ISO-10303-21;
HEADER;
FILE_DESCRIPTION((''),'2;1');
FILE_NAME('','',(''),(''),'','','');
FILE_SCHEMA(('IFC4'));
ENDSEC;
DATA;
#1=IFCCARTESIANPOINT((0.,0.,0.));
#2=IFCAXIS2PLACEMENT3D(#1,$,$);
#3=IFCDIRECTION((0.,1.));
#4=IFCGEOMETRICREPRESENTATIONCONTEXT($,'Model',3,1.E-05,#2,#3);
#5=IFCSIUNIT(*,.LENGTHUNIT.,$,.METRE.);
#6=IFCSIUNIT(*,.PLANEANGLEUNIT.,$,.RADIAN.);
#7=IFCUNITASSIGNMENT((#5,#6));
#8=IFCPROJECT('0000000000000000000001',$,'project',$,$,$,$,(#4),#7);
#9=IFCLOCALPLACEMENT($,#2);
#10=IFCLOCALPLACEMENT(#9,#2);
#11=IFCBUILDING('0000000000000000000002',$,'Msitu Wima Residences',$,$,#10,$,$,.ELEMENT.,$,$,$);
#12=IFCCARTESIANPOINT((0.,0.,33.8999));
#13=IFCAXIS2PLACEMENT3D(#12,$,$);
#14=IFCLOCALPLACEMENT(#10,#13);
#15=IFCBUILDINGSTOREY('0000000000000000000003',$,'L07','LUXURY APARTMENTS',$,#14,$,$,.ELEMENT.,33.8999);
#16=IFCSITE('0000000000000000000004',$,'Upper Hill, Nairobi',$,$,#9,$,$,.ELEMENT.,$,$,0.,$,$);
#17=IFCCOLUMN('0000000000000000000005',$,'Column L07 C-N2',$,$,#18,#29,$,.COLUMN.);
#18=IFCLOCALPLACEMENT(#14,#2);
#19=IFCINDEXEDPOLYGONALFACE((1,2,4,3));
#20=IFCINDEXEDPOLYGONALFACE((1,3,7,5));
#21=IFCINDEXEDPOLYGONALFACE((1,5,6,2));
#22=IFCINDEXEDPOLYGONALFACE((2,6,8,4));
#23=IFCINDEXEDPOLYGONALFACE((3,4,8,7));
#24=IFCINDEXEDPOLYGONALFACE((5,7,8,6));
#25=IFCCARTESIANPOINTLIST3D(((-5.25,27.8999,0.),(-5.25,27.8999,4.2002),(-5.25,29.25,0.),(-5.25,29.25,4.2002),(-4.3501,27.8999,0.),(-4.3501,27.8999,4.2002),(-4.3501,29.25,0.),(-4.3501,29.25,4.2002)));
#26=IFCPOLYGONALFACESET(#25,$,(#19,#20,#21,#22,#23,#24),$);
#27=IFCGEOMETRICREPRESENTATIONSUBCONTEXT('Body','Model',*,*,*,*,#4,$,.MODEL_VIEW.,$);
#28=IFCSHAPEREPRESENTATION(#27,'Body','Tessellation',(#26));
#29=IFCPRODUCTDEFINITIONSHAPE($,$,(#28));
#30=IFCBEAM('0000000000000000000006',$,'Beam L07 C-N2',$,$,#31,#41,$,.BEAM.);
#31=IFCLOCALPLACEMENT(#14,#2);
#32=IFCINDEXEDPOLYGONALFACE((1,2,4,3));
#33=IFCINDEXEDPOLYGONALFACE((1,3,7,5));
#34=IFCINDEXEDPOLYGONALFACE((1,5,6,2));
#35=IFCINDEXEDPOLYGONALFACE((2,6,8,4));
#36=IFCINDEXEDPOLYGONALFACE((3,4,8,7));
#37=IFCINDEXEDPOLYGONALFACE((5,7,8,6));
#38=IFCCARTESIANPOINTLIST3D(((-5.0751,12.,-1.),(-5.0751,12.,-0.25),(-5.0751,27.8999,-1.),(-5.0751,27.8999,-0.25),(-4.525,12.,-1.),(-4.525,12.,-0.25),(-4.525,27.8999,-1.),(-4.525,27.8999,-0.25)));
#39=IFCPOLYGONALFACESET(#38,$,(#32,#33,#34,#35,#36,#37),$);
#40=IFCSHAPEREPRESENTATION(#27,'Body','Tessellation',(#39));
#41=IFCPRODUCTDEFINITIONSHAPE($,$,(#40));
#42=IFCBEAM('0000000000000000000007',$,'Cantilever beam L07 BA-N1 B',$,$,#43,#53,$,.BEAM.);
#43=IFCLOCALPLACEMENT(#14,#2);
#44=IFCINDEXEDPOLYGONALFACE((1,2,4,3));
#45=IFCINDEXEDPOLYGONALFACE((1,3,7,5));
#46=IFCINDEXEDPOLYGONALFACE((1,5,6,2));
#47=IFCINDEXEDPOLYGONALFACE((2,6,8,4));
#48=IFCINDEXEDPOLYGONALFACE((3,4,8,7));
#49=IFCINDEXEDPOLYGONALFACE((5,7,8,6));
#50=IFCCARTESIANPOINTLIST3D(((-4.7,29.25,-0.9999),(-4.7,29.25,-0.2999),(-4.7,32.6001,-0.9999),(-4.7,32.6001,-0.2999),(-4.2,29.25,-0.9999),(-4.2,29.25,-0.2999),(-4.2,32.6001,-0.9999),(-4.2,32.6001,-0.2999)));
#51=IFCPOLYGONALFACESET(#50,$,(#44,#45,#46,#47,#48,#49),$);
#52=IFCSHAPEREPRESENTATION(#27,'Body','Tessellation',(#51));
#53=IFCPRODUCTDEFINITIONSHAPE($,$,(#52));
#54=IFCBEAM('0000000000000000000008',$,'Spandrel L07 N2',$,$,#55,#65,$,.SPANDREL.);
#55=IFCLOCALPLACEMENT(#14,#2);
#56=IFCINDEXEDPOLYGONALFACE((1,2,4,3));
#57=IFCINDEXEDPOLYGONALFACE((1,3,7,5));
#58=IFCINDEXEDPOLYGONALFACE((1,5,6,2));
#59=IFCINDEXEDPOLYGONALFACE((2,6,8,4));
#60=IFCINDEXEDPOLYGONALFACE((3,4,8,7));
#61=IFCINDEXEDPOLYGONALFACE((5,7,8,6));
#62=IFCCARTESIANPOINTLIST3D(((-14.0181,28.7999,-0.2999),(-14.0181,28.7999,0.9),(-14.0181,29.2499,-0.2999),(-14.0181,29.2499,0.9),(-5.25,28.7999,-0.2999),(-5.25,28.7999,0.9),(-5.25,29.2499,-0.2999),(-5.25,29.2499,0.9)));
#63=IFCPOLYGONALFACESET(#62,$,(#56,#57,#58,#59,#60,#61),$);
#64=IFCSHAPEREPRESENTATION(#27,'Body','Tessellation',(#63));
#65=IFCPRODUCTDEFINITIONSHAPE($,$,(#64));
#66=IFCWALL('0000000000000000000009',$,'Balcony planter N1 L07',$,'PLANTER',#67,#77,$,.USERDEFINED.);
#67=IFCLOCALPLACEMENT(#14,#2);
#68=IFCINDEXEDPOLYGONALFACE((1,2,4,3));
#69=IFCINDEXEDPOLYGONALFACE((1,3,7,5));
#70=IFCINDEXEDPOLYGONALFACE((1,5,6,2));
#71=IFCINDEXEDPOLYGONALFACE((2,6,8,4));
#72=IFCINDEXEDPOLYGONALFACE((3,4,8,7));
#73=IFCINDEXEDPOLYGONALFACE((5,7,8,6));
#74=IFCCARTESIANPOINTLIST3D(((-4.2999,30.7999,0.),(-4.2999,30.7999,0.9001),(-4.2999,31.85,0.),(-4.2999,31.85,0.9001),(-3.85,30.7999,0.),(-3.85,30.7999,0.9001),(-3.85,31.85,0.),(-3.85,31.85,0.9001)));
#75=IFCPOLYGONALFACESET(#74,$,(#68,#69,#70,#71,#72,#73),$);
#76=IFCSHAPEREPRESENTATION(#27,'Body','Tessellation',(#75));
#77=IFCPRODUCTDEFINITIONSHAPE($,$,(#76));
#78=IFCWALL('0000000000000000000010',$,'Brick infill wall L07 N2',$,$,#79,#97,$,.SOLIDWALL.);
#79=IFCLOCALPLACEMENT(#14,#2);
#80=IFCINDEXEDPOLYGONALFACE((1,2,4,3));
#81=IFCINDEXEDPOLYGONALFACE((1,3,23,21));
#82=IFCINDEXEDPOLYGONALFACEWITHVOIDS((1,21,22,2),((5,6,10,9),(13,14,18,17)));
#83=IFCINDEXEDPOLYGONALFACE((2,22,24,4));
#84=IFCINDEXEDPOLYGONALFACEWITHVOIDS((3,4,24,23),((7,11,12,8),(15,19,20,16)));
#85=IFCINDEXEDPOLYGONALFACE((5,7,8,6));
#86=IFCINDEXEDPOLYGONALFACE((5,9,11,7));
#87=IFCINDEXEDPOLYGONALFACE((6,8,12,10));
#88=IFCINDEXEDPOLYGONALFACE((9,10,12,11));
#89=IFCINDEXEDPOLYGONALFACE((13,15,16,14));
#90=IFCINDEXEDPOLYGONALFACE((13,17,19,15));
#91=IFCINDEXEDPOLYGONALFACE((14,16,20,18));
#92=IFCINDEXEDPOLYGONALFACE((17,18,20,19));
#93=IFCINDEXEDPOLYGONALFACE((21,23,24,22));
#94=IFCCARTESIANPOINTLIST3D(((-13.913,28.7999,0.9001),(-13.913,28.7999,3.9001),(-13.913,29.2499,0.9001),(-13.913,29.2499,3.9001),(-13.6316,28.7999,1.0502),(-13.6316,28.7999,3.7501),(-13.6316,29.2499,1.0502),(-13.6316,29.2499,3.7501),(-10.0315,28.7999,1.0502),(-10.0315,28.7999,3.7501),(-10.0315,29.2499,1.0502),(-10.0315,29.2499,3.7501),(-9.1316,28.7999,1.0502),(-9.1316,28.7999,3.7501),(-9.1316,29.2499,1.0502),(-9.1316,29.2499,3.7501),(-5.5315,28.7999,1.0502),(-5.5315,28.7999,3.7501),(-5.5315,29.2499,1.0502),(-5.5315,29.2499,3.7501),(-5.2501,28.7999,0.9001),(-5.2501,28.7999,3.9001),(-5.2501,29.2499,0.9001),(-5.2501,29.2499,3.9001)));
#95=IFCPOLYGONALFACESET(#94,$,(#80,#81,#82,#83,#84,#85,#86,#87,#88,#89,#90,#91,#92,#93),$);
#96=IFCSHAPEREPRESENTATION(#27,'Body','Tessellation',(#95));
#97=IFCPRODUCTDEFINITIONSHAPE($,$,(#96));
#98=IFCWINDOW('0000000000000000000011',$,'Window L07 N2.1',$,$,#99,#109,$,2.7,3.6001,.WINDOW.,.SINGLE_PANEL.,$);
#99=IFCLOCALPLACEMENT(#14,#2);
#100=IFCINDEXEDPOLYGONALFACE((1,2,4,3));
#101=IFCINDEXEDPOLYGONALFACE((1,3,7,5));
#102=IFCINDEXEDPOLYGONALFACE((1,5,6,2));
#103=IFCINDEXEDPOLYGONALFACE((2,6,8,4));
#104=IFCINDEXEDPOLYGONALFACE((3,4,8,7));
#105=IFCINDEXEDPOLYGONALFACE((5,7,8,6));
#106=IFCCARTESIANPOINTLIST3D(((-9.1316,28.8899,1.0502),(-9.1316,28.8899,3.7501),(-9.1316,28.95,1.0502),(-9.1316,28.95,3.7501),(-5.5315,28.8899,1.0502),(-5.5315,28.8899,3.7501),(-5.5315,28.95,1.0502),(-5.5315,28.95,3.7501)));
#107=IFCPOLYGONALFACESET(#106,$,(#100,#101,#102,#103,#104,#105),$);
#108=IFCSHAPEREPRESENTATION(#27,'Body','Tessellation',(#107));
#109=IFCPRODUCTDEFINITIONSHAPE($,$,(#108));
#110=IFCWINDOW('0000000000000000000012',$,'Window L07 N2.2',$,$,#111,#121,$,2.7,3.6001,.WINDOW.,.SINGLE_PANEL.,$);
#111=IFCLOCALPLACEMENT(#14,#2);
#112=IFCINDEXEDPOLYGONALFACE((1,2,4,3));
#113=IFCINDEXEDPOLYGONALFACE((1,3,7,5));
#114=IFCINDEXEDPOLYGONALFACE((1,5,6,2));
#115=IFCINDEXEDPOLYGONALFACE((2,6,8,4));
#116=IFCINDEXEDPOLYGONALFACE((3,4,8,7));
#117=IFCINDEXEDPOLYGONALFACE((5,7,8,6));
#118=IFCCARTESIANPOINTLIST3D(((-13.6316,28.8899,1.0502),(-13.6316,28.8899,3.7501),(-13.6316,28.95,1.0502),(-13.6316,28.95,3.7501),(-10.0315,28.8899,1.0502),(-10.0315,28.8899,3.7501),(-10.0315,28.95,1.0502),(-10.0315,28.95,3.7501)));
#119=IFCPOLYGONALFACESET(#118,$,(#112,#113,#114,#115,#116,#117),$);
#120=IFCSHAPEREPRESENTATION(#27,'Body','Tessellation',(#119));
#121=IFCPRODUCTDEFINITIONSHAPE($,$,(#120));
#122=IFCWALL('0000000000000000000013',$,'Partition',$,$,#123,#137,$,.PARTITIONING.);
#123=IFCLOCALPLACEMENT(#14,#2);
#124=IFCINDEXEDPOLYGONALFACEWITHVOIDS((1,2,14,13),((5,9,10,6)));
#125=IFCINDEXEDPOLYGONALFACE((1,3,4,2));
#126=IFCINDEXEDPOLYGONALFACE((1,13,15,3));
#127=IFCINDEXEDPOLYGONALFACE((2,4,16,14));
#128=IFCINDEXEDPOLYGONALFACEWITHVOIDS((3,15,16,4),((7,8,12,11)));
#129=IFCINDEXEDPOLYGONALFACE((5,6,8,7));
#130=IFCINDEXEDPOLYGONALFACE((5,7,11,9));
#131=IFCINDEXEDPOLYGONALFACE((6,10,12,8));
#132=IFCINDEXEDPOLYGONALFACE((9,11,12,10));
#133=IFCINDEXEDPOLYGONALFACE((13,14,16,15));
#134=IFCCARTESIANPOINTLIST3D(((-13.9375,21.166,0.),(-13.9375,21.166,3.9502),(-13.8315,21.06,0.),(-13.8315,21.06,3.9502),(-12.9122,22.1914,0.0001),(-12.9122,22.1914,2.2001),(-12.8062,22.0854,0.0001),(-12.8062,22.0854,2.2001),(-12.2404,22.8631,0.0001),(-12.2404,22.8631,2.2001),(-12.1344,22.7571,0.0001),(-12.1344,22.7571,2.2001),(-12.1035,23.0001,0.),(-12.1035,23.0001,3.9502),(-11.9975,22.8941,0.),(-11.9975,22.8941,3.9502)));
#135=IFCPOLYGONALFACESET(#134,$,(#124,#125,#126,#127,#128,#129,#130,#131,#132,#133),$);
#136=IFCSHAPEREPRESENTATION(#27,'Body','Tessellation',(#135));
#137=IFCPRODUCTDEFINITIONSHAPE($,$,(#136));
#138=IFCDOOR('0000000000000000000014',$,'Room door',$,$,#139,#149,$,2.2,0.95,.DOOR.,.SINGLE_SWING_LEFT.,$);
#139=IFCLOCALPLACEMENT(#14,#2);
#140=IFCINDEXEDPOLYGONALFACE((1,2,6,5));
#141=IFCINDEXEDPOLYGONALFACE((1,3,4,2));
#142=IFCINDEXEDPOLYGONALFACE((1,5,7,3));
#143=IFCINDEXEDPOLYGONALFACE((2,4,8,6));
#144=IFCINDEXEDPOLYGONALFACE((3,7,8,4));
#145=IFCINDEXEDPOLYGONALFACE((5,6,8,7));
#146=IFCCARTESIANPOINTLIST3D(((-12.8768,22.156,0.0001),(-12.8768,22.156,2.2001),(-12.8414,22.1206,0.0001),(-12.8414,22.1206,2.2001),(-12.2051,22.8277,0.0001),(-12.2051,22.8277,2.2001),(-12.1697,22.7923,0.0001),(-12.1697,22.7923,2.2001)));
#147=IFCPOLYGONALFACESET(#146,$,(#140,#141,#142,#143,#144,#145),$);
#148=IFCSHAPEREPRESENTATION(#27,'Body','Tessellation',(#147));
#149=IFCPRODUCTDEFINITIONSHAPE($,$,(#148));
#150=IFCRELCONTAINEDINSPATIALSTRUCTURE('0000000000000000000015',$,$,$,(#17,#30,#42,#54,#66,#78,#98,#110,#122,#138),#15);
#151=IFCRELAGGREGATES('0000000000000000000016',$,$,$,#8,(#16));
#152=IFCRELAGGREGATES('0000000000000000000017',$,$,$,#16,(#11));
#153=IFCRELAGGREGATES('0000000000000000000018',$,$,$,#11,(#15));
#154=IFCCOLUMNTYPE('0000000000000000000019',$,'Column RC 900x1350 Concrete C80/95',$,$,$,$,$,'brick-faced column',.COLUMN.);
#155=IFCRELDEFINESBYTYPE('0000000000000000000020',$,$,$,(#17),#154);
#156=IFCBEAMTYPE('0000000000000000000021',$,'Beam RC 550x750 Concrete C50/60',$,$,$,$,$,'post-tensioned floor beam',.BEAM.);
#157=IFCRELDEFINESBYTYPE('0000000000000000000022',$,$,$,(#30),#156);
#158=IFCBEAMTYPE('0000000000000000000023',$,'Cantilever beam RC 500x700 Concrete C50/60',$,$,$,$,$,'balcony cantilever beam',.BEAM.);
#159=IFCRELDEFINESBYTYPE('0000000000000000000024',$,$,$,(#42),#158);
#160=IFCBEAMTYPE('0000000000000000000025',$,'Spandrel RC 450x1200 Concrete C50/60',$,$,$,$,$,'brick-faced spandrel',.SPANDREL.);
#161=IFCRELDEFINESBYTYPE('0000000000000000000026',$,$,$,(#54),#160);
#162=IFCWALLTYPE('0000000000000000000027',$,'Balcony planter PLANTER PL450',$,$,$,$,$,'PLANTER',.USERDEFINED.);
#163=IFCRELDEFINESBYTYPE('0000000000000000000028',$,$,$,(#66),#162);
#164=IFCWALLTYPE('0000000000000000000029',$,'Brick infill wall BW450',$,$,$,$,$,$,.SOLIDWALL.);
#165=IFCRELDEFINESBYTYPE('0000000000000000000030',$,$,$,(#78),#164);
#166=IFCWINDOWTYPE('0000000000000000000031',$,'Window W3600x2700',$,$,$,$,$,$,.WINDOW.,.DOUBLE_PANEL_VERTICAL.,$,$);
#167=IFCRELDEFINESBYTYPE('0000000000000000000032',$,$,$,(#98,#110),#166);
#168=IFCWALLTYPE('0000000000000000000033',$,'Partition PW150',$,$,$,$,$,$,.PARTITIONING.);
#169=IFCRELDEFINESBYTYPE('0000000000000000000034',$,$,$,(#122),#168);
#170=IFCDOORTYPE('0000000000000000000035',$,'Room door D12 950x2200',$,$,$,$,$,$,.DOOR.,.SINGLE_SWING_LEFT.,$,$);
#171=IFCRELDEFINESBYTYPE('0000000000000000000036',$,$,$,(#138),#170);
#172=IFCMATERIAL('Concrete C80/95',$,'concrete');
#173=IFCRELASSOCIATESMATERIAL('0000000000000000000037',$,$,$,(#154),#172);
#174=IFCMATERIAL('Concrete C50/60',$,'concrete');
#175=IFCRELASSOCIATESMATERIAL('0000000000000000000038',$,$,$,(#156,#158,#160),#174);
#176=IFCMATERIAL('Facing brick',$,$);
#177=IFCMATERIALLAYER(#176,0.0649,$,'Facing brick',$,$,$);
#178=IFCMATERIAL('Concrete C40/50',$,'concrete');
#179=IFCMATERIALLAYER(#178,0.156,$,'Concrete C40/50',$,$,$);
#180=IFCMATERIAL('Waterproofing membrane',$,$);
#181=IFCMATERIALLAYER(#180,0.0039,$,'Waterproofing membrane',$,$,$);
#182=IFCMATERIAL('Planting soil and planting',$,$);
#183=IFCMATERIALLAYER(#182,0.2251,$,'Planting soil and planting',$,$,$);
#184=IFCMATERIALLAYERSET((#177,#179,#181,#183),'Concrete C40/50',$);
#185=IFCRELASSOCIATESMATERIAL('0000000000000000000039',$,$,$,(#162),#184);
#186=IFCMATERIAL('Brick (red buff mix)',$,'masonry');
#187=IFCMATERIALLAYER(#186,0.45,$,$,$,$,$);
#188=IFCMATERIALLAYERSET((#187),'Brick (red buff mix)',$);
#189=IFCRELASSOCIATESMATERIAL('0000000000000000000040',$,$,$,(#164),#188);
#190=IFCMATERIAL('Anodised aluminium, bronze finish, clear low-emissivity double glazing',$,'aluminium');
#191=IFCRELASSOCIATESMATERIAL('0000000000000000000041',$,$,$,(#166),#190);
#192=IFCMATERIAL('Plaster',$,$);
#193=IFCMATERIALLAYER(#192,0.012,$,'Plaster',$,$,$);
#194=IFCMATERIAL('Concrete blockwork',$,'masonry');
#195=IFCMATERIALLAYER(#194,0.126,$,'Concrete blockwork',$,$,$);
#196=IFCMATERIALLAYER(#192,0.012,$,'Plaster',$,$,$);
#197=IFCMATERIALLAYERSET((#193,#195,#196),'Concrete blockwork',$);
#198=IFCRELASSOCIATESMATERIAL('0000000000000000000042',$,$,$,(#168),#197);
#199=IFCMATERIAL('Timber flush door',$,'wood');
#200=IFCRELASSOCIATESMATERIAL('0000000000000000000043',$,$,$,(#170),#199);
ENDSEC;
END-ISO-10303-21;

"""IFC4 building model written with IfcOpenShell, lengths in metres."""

from ifc_helpers import new_model, si_unit, direction, frame, frame_2d, origin, origin_2d, place, context, subcontext, project, spatial, rectangle, extrude, material, layer, layer_set, material_profile, profile_set, type_object, element, fill, save


model = new_model("IFC4")

# Units and contexts
model_context = context("Model", 3, precision=1e-05, world=origin(), true_north=direction((0.0, 1.0)))
body_context = subcontext(model_context, "Body", "Model", "MODEL_VIEW")
ifc_project = project(units=[si_unit("LENGTHUNIT", "METRE"), si_unit("PLANEANGLEUNIT", "RADIAN")], contexts=[model_context])

# Site, building, storey
site_placement = place(None, origin())
site = spatial("IfcSite", under=ifc_project, at=site_placement, Name="Upper Hill, Nairobi", CompositionType="ELEMENT", RefElevation=0.0)
building_placement = place(site_placement, origin())
building = spatial("IfcBuilding", under=site, at=building_placement, Name="Msitu Wima Residences", CompositionType="ELEMENT")
storey_placement = place(building_placement, frame((0.0, 0.0, 33.8999)))
storey = spatial("IfcBuildingStorey", under=building, at=storey_placement, Name="L07", Description="LUXURY APARTMENTS", CompositionType="ELEMENT", Elevation=33.8999)

# Column
ifc_material_1 = material(Name="Concrete C80/95", Category="concrete")
ifc_material_profile_1 = material_profile(ifc_material_1, rectangle(XDim=0.8999, YDim=1.3501, at=origin_2d()), Name="RC 900x1350")
ifc_profile_set_1 = profile_set([ifc_material_profile_1], Name="Concrete C80/95")
column_type = type_object("IfcColumnType", Name="Column RC 900x1350 Concrete C80/95", ElementType="brick-faced column", PredefinedType="COLUMN", material=ifc_profile_set_1)
column_placement = place(storey_placement, frame((-4.8, 28.575, 0.0), z_axis=(0.0, 0.0, 1.0), x_axis=(-1.0, 0.0, 0.0)))
element("IfcColumn", 1, at=column_placement, inside=storey, type_object=column_type, Name="Column L07 C-N2", PredefinedType="COLUMN", context=body_context, shape_type="SweptSolid", body=[
    extrude(rectangle(XDim=0.8999, YDim=1.3501, at=origin_2d()), origin(), (0.0, 0.0, 1.0), 4.2002),
])

# Beams
ifc_material_2 = material(Name="Concrete C50/60", Category="concrete")
ifc_material_profile_2 = material_profile(ifc_material_2, rectangle(XDim=0.55, YDim=0.75, at=origin_2d()), Name="RC 550x750")
ifc_profile_set_2 = profile_set([ifc_material_profile_2], Name="Concrete C50/60")
beam_type_1 = type_object("IfcBeamType", Name="Beam RC 550x750 Concrete C50/60", ElementType="post-tensioned floor beam", PredefinedType="BEAM", material=ifc_profile_set_2)
beam_1_placement = place(storey_placement, frame((-4.8, 27.8999, -0.625), z_axis=(0.0, -1.0, 0.0), x_axis=(1.0, 0.0, 0.0)))
element("IfcBeam", 2, at=beam_1_placement, inside=storey, type_object=beam_type_1, Name="Beam L07 C-N2", PredefinedType="BEAM", context=body_context, shape_type="SweptSolid", body=[
    extrude(rectangle(XDim=0.55, YDim=0.75, at=origin_2d()), origin(), (0.0, 0.0, 1.0), 15.8999),
])
ifc_material_profile_3 = material_profile(ifc_material_2, rectangle(XDim=0.5, YDim=0.7, at=origin_2d()), Name="RC 500x700")
ifc_profile_set_3 = profile_set([ifc_material_profile_3], Name="Concrete C50/60")
beam_type_2 = type_object("IfcBeamType", Name="Cantilever beam RC 500x700 Concrete C50/60", ElementType="balcony cantilever beam", PredefinedType="BEAM", material=ifc_profile_set_3)
beam_2_placement = place(storey_placement, frame((-4.45, 29.25, -0.6499), z_axis=(0.0, 1.0, 0.0), x_axis=(-1.0, 0.0, 0.0)))
element("IfcBeam", 3, at=beam_2_placement, inside=storey, type_object=beam_type_2, Name="Cantilever beam L07 BA-N1 B", PredefinedType="BEAM", context=body_context, shape_type="SweptSolid", body=[
    extrude(rectangle(XDim=0.5, YDim=0.7, at=origin_2d()), origin(), (0.0, 0.0, 1.0), 3.3501),
])
ifc_material_profile_4 = material_profile(ifc_material_2, rectangle(XDim=0.45, YDim=1.2, at=origin_2d()), Name="RC 450x1200")
ifc_profile_set_4 = profile_set([ifc_material_profile_4], Name="Concrete C50/60")
beam_type_3 = type_object("IfcBeamType", Name="Spandrel RC 450x1200 Concrete C50/60", ElementType="brick-faced spandrel", PredefinedType="SPANDREL", material=ifc_profile_set_4)
beam_3_placement = place(storey_placement, frame((-5.25, 29.0249, 0.3), z_axis=(-1.0, 0.0, 0.0), x_axis=(0.0, -1.0, 0.0)))
element("IfcBeam", 4, at=beam_3_placement, inside=storey, type_object=beam_type_3, Name="Spandrel L07 N2", PredefinedType="SPANDREL", context=body_context, shape_type="SweptSolid", body=[
    extrude(rectangle(XDim=0.45, YDim=1.2, at=origin_2d()), origin(), (0.0, 0.0, 1.0), 8.7681),
])

# Wall
ifc_material_3 = material(Name="Facing brick")
ifc_layer_1 = layer(ifc_material_3, 0.0649, Name="Facing brick")
ifc_material_4 = material(Name="Concrete C40/50", Category="concrete")
ifc_layer_2 = layer(ifc_material_4, 0.156, Name="Concrete C40/50")
ifc_material_5 = material(Name="Waterproofing membrane")
ifc_layer_3 = layer(ifc_material_5, 0.0039, Name="Waterproofing membrane")
ifc_material_6 = material(Name="Planting soil and planting")
ifc_layer_4 = layer(ifc_material_6, 0.2251, Name="Planting soil and planting")
ifc_layer_set_1 = layer_set([ifc_layer_1, ifc_layer_2, ifc_layer_3, ifc_layer_4], Name="Concrete C40/50")
wall_type_1 = type_object("IfcWallType", Name="Balcony planter PLANTER PL450", ElementType="PLANTER", PredefinedType="USERDEFINED", material=ifc_layer_set_1)
wall_1_placement = place(storey_placement, frame((-4.075, 30.8, 0.0), z_axis=(0.0, 0.0, 1.0), x_axis=(0.0, 1.0, 0.0)))
element("IfcWall", 5, at=wall_1_placement, inside=storey, type_object=wall_type_1, Name="Balcony planter N1 L07", ObjectType="PLANTER", PredefinedType="USERDEFINED", context=body_context, shape_type="SweptSolid", body=[
    extrude(rectangle(XDim=1.05, YDim=0.45, at=frame_2d((0.5249, 0.0))), origin(), (0.0, 0.0, 1.0), 0.9001),
])

# Wall, openings, windows
ifc_material_7 = material(Name="Brick (red buff mix)", Category="masonry")
ifc_layer_5 = layer(ifc_material_7, 0.45)
ifc_layer_set_2 = layer_set([ifc_layer_5], Name="Brick (red buff mix)")
wall_type_2 = type_object("IfcWallType", Name="Brick infill wall BW450", PredefinedType="SOLIDWALL", material=ifc_layer_set_2)
wall_2_placement = place(storey_placement, frame((-5.25, 29.0249, 0.9001), z_axis=(0.0, 0.0, 1.0), x_axis=(-1.0, 0.0, 0.0)))
wall_2 = element("IfcWall", 6, at=wall_2_placement, inside=storey, type_object=wall_type_2, Name="Brick infill wall L07 N2", PredefinedType="SOLIDWALL", context=body_context, shape_type="SweptSolid", body=[
    extrude(rectangle(XDim=8.6628, YDim=0.45, at=frame_2d((4.3315, 0.0))), origin(), (0.0, 0.0, 1.0), 3.0),
])
opening_1_placement = place(wall_2_placement, frame((0.2815, 0.0, 0.1499)))
opening_1 = element("IfcOpeningElement", 7, at=opening_1_placement, cuts=wall_2, PredefinedType="OPENING", context=body_context, shape_type="SweptSolid", body=[
    extrude(rectangle(XDim=3.6001, YDim=2.7, at=frame_2d((1.8, 1.3501))), frame((0.0, 0.2349, 0.0), z_axis=(0.0, -1.0, 0.0), x_axis=(1.0, 0.0, 0.0)), (0.0, 0.0, 1.0), 0.47),
])
opening_2_placement = place(wall_2_placement, frame((4.7815, 0.0, 0.1499)))
opening_2 = element("IfcOpeningElement", 8, at=opening_2_placement, cuts=wall_2, PredefinedType="OPENING", context=body_context, shape_type="SweptSolid", body=[
    extrude(rectangle(XDim=3.6001, YDim=2.7, at=frame_2d((1.8, 1.3501))), frame((0.0, 0.2349, 0.0), z_axis=(0.0, -1.0, 0.0), x_axis=(1.0, 0.0, 0.0)), (0.0, 0.0, 1.0), 0.47),
])
ifc_material_8 = material(Name="Anodised aluminium, bronze finish, clear low-emissivity double glazing", Category="aluminium")
window_type = type_object("IfcWindowType", Name="Window W3600x2700", PartitioningType="DOUBLE_PANEL_VERTICAL", PredefinedType="WINDOW", material=ifc_material_8)
window_1_placement = place(opening_1_placement, origin())
window_1 = element("IfcWindow", 9, at=window_1_placement, inside=storey, type_object=window_type, Name="Window L07 N2.1", OverallHeight=2.7, OverallWidth=3.6001, PartitioningType="SINGLE_PANEL", PredefinedType="WINDOW", context=body_context, shape_type="SweptSolid", body=[
    extrude(rectangle(XDim=3.6001, YDim=2.7, at=frame_2d((1.8, 1.3501))), frame((0.0, 0.135, 0.0), z_axis=(0.0, -1.0, 0.0), x_axis=(1.0, 0.0, 0.0)), (0.0, 0.0, 1.0), 0.0601),
])
fill(opening_1, window_1)
window_2_placement = place(opening_2_placement, origin())
window_2 = element("IfcWindow", 10, at=window_2_placement, inside=storey, type_object=window_type, Name="Window L07 N2.2", OverallHeight=2.7, OverallWidth=3.6001, PartitioningType="SINGLE_PANEL", PredefinedType="WINDOW", context=body_context, shape_type="SweptSolid", body=[
    extrude(rectangle(XDim=3.6001, YDim=2.7, at=frame_2d((1.8, 1.3501))), frame((0.0, 0.135, 0.0), z_axis=(0.0, -1.0, 0.0), x_axis=(1.0, 0.0, 0.0)), (0.0, 0.0, 1.0), 0.0601),
])
fill(opening_2, window_2)

# Wall, opening, door
ifc_material_9 = material(Name="Plaster")
ifc_layer_6 = layer(ifc_material_9, 0.012, Name="Plaster")
ifc_material_10 = material(Name="Concrete blockwork", Category="masonry")
ifc_layer_7 = layer(ifc_material_10, 0.126, Name="Concrete blockwork")
ifc_layer_8 = layer(ifc_material_9, 0.012, Name="Plaster")
ifc_layer_set_3 = layer_set([ifc_layer_6, ifc_layer_7, ifc_layer_8], Name="Concrete blockwork")
wall_type_3 = type_object("IfcWallType", Name="Partition PW150", PredefinedType="PARTITIONING", material=ifc_layer_set_3)
wall_3_placement = place(storey_placement, frame((-13.8845, 21.113, 0.0), z_axis=(0.0, 0.0, 1.0), x_axis=(0.707107, 0.707107, 0.0)))
wall_3 = element("IfcWall", 11, at=wall_3_placement, inside=storey, type_object=wall_type_3, Name="Partition", PredefinedType="PARTITIONING", context=body_context, shape_type="SweptSolid", body=[
    extrude(rectangle(XDim=2.5938, YDim=0.1499, at=frame_2d((1.2969, 0.0))), origin(), (0.0, 0.0, 1.0), 3.9502),
])
opening_3_placement = place(wall_3_placement, frame((1.45, 0.0, 0.0)))
opening_3 = element("IfcOpeningElement", 12, at=opening_3_placement, cuts=wall_3, PredefinedType="OPENING", context=body_context, shape_type="SweptSolid", body=[
    extrude(rectangle(XDim=0.95, YDim=2.2, at=frame_2d((0.4751, 1.1001))), frame((0.0, 0.085, 0.0), z_axis=(0.0, -1.0, 0.0), x_axis=(1.0, 0.0, 0.0)), (0.0, 0.0, 1.0), 0.1699),
])
ifc_material_11 = material(Name="Timber flush door", Category="wood")
door_type_1 = type_object("IfcDoorType", Name="Room door D12 950x2200", OperationType="SINGLE_SWING_LEFT", PredefinedType="DOOR", material=ifc_material_11)
door_1_placement = place(opening_3_placement, origin())
door_1 = element("IfcDoor", 13, at=door_1_placement, inside=storey, type_object=door_type_1, Name="Room door", OperationType="SINGLE_SWING_LEFT", OverallHeight=2.2, OverallWidth=0.95, PredefinedType="DOOR", context=body_context, shape_type="SweptSolid", body=[
    extrude(rectangle(XDim=0.95, YDim=2.2, at=frame_2d((0.4751, 1.1001))), frame((0.0, 0.0249, 0.0), z_axis=(0.0, -1.0, 0.0), x_axis=(1.0, 0.0, 0.0)), (0.0, 0.0, 1.0), 0.05),
])
fill(opening_3, door_1)

save(model, "model.ifc")
